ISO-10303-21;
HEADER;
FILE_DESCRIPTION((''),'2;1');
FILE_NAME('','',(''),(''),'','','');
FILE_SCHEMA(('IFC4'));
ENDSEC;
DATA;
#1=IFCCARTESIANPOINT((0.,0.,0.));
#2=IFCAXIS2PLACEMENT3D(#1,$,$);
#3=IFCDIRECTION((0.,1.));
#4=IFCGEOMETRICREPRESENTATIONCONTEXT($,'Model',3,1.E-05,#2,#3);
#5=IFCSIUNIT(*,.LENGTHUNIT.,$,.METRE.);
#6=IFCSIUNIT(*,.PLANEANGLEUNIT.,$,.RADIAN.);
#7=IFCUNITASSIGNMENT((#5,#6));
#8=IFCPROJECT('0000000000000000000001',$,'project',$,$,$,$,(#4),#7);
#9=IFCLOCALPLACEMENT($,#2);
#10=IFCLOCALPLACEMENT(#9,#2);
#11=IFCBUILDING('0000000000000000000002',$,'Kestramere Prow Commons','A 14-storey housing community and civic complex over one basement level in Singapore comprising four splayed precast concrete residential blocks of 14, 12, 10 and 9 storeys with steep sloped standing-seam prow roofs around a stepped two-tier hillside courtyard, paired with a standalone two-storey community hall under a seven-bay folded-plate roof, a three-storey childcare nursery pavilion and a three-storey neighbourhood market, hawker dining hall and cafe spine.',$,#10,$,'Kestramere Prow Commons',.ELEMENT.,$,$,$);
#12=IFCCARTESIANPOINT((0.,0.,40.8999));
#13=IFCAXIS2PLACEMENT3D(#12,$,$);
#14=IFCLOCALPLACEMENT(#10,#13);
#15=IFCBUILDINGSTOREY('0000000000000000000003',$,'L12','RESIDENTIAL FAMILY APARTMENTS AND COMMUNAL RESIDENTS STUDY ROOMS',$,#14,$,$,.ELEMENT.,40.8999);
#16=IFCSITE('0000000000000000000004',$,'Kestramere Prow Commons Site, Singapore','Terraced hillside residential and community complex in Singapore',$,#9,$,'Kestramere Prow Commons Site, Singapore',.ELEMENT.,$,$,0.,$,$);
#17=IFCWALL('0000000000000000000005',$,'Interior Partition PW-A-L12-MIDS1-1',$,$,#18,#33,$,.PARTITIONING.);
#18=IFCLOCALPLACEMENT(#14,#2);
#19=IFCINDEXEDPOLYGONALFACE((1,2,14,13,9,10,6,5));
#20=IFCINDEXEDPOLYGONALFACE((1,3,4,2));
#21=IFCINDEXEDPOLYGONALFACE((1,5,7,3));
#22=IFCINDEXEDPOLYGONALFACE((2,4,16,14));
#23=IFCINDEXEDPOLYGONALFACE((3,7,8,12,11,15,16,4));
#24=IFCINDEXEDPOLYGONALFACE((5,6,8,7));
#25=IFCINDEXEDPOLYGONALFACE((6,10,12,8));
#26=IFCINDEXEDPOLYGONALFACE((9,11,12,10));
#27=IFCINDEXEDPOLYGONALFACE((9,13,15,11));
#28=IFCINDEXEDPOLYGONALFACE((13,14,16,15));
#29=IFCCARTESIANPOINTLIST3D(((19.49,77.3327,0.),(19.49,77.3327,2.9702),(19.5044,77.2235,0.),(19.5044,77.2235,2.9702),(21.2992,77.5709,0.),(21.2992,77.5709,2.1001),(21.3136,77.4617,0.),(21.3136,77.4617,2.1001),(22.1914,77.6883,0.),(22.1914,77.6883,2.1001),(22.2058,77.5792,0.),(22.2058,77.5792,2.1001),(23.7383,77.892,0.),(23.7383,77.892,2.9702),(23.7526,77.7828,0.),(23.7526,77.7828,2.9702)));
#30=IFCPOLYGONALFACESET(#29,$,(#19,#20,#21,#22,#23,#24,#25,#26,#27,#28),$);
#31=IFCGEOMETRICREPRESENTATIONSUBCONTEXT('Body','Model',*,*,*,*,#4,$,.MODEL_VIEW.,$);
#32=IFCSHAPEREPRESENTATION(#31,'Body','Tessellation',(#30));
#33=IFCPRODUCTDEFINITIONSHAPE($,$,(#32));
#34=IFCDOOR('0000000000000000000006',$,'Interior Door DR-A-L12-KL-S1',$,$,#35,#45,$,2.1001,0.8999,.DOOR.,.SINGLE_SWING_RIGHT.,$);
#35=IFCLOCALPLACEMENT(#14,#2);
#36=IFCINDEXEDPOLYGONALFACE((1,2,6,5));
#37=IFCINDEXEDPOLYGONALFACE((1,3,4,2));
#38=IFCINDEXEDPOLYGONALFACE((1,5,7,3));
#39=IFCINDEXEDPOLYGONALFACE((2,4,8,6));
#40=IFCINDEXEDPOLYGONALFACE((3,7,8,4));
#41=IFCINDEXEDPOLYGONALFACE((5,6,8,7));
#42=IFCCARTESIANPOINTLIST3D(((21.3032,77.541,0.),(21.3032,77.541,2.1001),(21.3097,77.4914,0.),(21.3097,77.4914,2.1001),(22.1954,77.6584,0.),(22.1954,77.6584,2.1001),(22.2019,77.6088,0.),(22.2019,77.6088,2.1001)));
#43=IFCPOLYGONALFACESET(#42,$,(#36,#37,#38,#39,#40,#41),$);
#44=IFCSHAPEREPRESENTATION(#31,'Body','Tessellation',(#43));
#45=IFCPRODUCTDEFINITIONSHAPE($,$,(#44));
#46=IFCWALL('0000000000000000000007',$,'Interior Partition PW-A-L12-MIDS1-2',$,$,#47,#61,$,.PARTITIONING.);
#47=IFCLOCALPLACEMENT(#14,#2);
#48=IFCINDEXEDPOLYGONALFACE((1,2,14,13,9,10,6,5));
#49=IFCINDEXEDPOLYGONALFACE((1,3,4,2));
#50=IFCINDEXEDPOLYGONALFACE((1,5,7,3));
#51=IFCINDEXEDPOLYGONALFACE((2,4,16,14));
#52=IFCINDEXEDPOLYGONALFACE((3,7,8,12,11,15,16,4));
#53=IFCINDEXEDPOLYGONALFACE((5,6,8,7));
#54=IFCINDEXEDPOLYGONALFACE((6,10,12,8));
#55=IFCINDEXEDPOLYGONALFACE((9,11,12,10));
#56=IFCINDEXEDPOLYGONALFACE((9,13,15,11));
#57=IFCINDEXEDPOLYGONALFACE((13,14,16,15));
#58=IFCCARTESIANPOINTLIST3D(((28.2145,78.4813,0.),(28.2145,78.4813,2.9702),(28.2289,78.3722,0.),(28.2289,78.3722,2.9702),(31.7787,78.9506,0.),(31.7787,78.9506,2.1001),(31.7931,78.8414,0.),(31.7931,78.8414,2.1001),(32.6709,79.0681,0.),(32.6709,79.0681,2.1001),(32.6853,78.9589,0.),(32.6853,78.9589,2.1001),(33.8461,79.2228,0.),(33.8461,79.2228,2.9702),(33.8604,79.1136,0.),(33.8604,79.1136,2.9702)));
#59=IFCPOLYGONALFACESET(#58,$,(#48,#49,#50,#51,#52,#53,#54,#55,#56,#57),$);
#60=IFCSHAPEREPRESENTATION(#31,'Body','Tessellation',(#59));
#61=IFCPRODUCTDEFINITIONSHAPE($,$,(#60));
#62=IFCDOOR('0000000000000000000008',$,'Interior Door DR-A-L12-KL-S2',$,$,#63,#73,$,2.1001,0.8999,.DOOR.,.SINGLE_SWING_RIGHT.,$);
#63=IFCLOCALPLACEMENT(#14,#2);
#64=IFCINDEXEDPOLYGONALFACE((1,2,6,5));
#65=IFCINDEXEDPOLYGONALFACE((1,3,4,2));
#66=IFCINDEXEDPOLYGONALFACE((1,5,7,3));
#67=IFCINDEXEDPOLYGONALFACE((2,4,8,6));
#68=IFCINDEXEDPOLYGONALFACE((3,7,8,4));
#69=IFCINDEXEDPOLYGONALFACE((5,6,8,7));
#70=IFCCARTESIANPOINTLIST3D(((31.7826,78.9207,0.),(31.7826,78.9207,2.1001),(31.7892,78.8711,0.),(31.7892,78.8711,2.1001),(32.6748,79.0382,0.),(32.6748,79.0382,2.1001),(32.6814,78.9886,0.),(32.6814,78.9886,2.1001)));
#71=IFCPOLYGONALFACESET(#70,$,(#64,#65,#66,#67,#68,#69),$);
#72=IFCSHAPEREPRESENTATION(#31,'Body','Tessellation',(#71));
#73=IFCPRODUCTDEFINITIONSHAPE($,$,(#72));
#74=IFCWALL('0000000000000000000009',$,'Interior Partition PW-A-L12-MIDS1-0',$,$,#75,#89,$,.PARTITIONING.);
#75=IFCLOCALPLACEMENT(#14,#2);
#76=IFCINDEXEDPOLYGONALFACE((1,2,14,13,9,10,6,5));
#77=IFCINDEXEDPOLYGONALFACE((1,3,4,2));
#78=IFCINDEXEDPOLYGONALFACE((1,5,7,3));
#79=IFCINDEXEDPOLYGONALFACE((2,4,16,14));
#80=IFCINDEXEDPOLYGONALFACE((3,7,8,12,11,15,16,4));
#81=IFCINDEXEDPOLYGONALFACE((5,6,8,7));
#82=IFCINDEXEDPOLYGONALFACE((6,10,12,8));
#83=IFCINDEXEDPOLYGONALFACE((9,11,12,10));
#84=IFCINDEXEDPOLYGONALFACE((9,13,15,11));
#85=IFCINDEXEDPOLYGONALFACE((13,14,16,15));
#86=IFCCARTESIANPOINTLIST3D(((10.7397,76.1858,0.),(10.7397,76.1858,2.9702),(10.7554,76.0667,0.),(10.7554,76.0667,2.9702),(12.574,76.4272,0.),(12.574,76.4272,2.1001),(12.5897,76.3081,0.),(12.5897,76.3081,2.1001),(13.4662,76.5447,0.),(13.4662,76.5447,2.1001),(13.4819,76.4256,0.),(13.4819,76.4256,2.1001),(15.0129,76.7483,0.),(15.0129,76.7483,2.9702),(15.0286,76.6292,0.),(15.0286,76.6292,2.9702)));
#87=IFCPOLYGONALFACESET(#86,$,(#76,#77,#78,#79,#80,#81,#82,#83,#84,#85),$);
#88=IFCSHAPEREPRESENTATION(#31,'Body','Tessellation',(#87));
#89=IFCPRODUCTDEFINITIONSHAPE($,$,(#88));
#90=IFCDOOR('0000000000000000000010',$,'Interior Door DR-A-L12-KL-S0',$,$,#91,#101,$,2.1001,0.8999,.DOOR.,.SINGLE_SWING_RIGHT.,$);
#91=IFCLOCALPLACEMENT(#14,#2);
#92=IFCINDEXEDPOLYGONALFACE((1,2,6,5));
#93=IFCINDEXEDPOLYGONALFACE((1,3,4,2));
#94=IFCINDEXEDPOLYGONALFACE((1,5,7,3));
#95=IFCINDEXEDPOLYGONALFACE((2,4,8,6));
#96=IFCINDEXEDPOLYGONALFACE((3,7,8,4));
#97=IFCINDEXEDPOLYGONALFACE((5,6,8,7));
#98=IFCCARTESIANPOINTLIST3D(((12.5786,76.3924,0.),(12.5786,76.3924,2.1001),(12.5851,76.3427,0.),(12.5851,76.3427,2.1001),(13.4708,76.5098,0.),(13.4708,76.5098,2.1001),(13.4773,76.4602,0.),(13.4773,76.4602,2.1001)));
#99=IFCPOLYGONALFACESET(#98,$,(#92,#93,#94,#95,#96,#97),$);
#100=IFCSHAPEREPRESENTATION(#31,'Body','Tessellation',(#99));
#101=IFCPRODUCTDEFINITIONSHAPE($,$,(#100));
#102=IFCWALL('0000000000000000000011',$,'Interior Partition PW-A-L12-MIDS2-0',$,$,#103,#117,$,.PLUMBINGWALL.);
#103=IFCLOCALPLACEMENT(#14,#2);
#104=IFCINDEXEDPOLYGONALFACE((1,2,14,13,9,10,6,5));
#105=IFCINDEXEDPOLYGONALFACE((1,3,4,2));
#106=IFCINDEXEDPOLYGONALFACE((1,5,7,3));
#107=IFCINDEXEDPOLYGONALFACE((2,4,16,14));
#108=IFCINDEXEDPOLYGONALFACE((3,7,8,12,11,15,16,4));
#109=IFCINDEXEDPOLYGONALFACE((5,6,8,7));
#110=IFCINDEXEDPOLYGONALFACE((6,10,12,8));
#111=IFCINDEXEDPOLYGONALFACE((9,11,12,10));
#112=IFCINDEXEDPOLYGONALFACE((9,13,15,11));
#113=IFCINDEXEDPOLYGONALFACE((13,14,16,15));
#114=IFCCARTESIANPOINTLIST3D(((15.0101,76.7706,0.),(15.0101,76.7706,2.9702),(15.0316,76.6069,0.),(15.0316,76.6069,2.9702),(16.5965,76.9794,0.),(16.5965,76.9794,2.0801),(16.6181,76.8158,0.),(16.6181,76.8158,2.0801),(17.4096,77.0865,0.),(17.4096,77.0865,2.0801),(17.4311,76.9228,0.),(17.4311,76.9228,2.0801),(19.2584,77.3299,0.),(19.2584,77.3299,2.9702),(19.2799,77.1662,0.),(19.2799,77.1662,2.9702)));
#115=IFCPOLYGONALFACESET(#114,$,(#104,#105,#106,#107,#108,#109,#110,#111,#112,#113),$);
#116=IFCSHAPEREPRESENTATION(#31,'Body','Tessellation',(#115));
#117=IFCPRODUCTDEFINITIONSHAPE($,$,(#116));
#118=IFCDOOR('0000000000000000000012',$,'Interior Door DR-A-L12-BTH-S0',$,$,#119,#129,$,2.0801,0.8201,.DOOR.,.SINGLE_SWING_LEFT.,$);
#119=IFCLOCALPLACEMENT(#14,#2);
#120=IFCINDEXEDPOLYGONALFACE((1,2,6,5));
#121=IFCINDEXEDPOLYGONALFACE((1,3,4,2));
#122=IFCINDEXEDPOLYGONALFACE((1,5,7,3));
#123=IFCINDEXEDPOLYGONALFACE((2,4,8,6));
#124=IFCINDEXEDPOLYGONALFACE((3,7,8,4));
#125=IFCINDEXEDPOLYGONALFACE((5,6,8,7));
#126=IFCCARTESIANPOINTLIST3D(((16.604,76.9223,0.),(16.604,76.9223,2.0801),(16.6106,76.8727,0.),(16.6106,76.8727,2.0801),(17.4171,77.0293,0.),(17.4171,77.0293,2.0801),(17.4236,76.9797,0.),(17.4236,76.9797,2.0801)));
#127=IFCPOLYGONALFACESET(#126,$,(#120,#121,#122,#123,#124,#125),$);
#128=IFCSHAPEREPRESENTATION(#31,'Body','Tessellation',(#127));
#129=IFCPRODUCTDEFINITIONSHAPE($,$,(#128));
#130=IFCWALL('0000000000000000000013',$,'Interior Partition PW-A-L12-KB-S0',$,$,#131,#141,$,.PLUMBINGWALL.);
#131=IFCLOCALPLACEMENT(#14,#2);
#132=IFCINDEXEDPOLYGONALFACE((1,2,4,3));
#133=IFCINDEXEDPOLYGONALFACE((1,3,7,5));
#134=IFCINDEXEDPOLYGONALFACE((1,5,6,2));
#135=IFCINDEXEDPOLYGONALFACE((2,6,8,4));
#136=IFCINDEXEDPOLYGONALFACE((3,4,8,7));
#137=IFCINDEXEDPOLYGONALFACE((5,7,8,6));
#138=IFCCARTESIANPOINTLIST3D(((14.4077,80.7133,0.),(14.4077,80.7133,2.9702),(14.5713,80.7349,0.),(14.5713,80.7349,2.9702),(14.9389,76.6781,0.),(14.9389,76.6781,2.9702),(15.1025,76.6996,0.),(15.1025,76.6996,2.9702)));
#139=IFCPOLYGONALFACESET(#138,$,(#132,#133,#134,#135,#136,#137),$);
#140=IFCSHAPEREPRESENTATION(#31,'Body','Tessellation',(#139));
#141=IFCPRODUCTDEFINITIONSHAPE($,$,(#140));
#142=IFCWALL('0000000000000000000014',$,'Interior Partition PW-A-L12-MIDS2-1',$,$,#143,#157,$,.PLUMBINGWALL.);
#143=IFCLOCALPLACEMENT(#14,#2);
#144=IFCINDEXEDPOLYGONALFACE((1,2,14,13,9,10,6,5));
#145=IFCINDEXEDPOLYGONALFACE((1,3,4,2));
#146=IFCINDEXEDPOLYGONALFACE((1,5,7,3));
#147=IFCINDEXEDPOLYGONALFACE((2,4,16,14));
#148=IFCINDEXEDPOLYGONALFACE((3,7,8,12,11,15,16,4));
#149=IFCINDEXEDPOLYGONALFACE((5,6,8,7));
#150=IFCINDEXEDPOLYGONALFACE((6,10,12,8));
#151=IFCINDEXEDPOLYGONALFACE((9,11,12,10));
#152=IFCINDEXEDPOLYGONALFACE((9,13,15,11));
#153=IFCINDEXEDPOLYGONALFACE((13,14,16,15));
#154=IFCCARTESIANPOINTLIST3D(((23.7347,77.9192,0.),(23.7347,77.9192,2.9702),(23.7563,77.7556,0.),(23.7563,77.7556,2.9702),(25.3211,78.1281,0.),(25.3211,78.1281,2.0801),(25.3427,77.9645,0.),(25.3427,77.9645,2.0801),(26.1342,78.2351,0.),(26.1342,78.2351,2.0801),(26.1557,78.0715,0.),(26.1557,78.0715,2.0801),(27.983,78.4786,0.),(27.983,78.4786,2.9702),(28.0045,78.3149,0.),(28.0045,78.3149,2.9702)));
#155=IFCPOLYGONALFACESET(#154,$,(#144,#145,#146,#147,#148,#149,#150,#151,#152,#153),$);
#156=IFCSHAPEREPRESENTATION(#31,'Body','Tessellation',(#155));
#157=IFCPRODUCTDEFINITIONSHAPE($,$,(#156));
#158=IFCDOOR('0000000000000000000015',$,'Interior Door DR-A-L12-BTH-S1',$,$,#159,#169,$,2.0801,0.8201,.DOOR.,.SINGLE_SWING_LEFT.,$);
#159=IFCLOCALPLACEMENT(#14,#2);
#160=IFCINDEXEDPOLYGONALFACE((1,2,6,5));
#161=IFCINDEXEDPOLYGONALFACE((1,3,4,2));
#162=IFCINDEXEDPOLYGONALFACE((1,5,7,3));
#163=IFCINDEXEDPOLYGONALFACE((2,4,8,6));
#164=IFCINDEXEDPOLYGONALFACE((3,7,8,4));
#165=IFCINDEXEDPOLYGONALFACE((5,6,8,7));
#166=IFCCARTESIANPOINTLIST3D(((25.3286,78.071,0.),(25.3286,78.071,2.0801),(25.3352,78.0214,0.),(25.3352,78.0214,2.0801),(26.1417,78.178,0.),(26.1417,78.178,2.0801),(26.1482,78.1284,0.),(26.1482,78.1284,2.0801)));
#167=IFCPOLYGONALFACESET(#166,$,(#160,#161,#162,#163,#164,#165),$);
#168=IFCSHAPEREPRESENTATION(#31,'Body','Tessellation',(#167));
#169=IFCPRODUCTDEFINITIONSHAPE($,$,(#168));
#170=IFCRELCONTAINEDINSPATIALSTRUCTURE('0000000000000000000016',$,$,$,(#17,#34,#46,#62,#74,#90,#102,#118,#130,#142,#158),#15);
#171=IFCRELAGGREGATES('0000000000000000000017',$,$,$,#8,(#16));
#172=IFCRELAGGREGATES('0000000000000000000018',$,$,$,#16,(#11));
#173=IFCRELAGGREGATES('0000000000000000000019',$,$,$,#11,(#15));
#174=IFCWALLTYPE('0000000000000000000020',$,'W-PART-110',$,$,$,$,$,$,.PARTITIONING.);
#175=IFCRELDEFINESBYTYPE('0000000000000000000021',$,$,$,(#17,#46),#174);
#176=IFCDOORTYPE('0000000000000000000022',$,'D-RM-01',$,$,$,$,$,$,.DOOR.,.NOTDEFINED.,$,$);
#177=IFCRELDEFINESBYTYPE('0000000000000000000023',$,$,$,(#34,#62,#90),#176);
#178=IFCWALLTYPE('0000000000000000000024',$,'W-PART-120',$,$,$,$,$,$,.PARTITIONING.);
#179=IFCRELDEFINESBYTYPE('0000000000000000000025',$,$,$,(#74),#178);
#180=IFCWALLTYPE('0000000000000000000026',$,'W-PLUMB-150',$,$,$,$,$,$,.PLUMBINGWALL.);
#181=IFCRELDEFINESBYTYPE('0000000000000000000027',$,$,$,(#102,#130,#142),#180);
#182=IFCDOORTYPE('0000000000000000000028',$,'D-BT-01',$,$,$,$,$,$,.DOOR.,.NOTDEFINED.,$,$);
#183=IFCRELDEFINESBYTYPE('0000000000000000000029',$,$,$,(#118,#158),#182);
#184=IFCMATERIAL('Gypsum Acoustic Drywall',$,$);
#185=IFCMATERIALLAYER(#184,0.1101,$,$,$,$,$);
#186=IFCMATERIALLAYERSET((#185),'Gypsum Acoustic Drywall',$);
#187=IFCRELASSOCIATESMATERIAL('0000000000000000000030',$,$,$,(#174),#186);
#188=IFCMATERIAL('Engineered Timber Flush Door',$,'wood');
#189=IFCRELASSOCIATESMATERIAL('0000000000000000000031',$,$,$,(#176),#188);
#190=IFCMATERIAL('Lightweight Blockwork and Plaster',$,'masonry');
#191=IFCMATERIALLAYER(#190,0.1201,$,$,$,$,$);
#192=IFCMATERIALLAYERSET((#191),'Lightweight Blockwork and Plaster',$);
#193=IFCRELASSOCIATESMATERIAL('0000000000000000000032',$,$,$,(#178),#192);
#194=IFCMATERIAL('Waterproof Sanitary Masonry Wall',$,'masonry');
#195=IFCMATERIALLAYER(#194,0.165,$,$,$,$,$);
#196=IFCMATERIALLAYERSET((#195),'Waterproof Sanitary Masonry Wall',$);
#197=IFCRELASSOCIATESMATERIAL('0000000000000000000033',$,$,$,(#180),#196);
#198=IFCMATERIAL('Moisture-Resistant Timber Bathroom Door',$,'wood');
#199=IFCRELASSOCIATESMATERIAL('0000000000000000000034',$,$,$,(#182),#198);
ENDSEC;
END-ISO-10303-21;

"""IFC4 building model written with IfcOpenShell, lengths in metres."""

from ifc_helpers import new_model, si_unit, direction, frame, frame_2d, origin, place, context, subcontext, project, spatial, rectangle, extrude, material, layer, layer_set, type_object, element, fill, save


model = new_model("IFC4")

# Units and contexts
model_context = context("Model", 3, precision=1e-05, world=origin(), true_north=direction((0.0, 1.0)))
body_context = subcontext(model_context, "Body", "Model", "MODEL_VIEW")
ifc_project = project(units=[si_unit("LENGTHUNIT", "METRE"), si_unit("PLANEANGLEUNIT", "RADIAN")], contexts=[model_context])

# Site, building, storey
site_placement = place(None, origin())
site = spatial("IfcSite", under=ifc_project, at=site_placement, Name="Kestramere Prow Commons Site, Singapore", Description="Terraced hillside residential and community complex in Singapore", LongName="Kestramere Prow Commons Site, Singapore", CompositionType="ELEMENT", RefElevation=0.0)
building_placement = place(site_placement, origin())
building = spatial("IfcBuilding", under=site, at=building_placement, Name="Kestramere Prow Commons", Description="A 14-storey housing community and civic complex over one basement level in Singapore comprising four splayed precast concrete residential blocks of 14, 12, 10 and 9 storeys with steep sloped standing-seam prow roofs around a stepped two-tier hillside courtyard, paired with a standalone two-storey community hall under a seven-bay folded-plate roof, a three-storey childcare nursery pavilion and a three-storey neighbourhood market, hawker dining hall and cafe spine.", LongName="Kestramere Prow Commons", CompositionType="ELEMENT")
storey_placement = place(building_placement, frame((0.0, 0.0, 40.8999)))
storey = spatial("IfcBuildingStorey", under=building, at=storey_placement, Name="L12", Description="RESIDENTIAL FAMILY APARTMENTS AND COMMUNAL RESIDENTS STUDY ROOMS", CompositionType="ELEMENT", Elevation=40.8999)

# Walls, openings, doors
ifc_material_1 = material(Name="Gypsum Acoustic Drywall")
ifc_layer_1 = layer(ifc_material_1, 0.1101)
ifc_layer_set_1 = layer_set([ifc_layer_1], Name="Gypsum Acoustic Drywall")
wall_type_1 = type_object("IfcWallType", Name="W-PART-110", PredefinedType="PARTITIONING", material=ifc_layer_set_1)
wall_1_placement = place(storey_placement, frame((19.4971, 77.2781, 0.0), z_axis=(0.0, 0.0, 1.0), x_axis=(0.991444, 0.130533, 0.0)))
wall_1 = element("IfcWall", 1, at=wall_1_placement, inside=storey, type_object=wall_type_1, Name="Interior Partition PW-A-L12-MIDS1-1", PredefinedType="PARTITIONING", context=body_context, shape_type="SweptSolid", body=[
    extrude(rectangle(XDim=4.2849, YDim=0.1101, at=frame_2d((2.1426, 0.0))), origin(), (0.0, 0.0, 1.0), 2.9702),
])
opening_1_placement = place(wall_1_placement, frame((1.825, 0.0, 0.0)))
opening_1 = element("IfcOpeningElement", 2, at=opening_1_placement, cuts=wall_1, PredefinedType="OPENING", context=body_context, shape_type="SweptSolid", body=[
    extrude(rectangle(XDim=0.8999, YDim=2.1001, at=frame_2d((0.45, 1.05))), frame((0.0, 0.0701, 0.0), z_axis=(0.0, -1.0, 0.0), x_axis=(1.0, 0.0, 0.0)), (0.0, 0.0, 1.0), 0.1401),
])
ifc_material_2 = material(Name="Engineered Timber Flush Door", Category="wood")
door_type_1 = type_object("IfcDoorType", Name="D-RM-01", OperationType="NOTDEFINED", PredefinedType="DOOR", material=ifc_material_2)
door_1_placement = place(opening_1_placement, origin())
door_1 = element("IfcDoor", 3, at=door_1_placement, inside=storey, type_object=door_type_1, Name="Interior Door DR-A-L12-KL-S1", OperationType="SINGLE_SWING_RIGHT", OverallHeight=2.1001, OverallWidth=0.8999, PredefinedType="DOOR", context=body_context, shape_type="SweptSolid", body=[
    extrude(rectangle(XDim=0.8999, YDim=2.1001, at=frame_2d((0.45, 1.05))), frame((0.0, 0.0249, 0.0), z_axis=(0.0, -1.0, 0.0), x_axis=(1.0, 0.0, 0.0)), (0.0, 0.0, 1.0), 0.05),
])
fill(opening_1, door_1)
wall_2_placement = place(storey_placement, frame((28.2217, 78.4268, 0.0), z_axis=(0.0, 0.0, 1.0), x_axis=(0.991444, 0.130533, 0.0)))
wall_2 = element("IfcWall", 4, at=wall_2_placement, inside=storey, type_object=wall_type_1, Name="Interior Partition PW-A-L12-MIDS1-2", PredefinedType="PARTITIONING", context=body_context, shape_type="SweptSolid", body=[
    extrude(rectangle(XDim=5.6802, YDim=0.1101, at=frame_2d((2.8401, 0.0))), origin(), (0.0, 0.0, 1.0), 2.9702),
])
opening_2_placement = place(wall_2_placement, frame((3.595, 0.0, 0.0)))
opening_2 = element("IfcOpeningElement", 5, at=opening_2_placement, cuts=wall_2, PredefinedType="OPENING", context=body_context, shape_type="SweptSolid", body=[
    extrude(rectangle(XDim=0.8999, YDim=2.1001, at=frame_2d((0.45, 1.05))), frame((0.0, 0.0701, 0.0), z_axis=(0.0, -1.0, 0.0), x_axis=(1.0, 0.0, 0.0)), (0.0, 0.0, 1.0), 0.1401),
])
door_2_placement = place(opening_2_placement, origin())
door_2 = element("IfcDoor", 6, at=door_2_placement, inside=storey, type_object=door_type_1, Name="Interior Door DR-A-L12-KL-S2", OperationType="SINGLE_SWING_RIGHT", OverallHeight=2.1001, OverallWidth=0.8999, PredefinedType="DOOR", context=body_context, shape_type="SweptSolid", body=[
    extrude(rectangle(XDim=0.8999, YDim=2.1001, at=frame_2d((0.45, 1.05))), frame((0.0, 0.0249, 0.0), z_axis=(0.0, -1.0, 0.0), x_axis=(1.0, 0.0, 0.0)), (0.0, 0.0, 1.0), 0.05),
])
fill(opening_2, door_2)
ifc_material_3 = material(Name="Lightweight Blockwork and Plaster", Category="masonry")
ifc_layer_2 = layer(ifc_material_3, 0.1201)
ifc_layer_set_2 = layer_set([ifc_layer_2], Name="Lightweight Blockwork and Plaster")
wall_type_2 = type_object("IfcWallType", Name="W-PART-120", PredefinedType="PARTITIONING", material=ifc_layer_set_2)
wall_3_placement = place(storey_placement, frame((10.7476, 76.1262, 0.0), z_axis=(0.0, 0.0, 1.0), x_axis=(0.991447, 0.130509, 0.0)))
wall_3 = element("IfcWall", 7, at=wall_3_placement, inside=storey, type_object=wall_type_2, Name="Interior Partition PW-A-L12-MIDS1-0", PredefinedType="PARTITIONING", context=body_context, shape_type="SweptSolid", body=[
    extrude(rectangle(XDim=4.3101, YDim=0.1201, at=frame_2d((2.155, 0.0))), origin(), (0.0, 0.0, 1.0), 2.9702),
])
opening_3_placement = place(wall_3_placement, frame((1.8501, 0.0, 0.0)))
opening_3 = element("IfcOpeningElement", 8, at=opening_3_placement, cuts=wall_3, PredefinedType="OPENING", context=body_context, shape_type="SweptSolid", body=[
    extrude(rectangle(XDim=0.8999, YDim=2.1001, at=frame_2d((0.45, 1.05))), frame((0.0, 0.075, 0.0), z_axis=(0.0, -1.0, 0.0), x_axis=(1.0, 0.0, 0.0)), (0.0, 0.0, 1.0), 0.1501),
])
door_3_placement = place(opening_3_placement, origin())
door_3 = element("IfcDoor", 9, at=door_3_placement, inside=storey, type_object=door_type_1, Name="Interior Door DR-A-L12-KL-S0", OperationType="SINGLE_SWING_RIGHT", OverallHeight=2.1001, OverallWidth=0.8999, PredefinedType="DOOR", context=body_context, shape_type="SweptSolid", body=[
    extrude(rectangle(XDim=0.8999, YDim=2.1001, at=frame_2d((0.45, 1.05))), frame((0.0, 0.0249, 0.0), z_axis=(0.0, -1.0, 0.0), x_axis=(1.0, 0.0, 0.0)), (0.0, 0.0, 1.0), 0.05),
])
fill(opening_3, door_3)
ifc_material_4 = material(Name="Waterproof Sanitary Masonry Wall", Category="masonry")
ifc_layer_3 = layer(ifc_material_4, 0.165)
ifc_layer_set_3 = layer_set([ifc_layer_3], Name="Waterproof Sanitary Masonry Wall")
wall_type_3 = type_object("IfcWallType", Name="W-PLUMB-150", PredefinedType="PLUMBINGWALL", material=ifc_layer_set_3)
wall_4_placement = place(storey_placement, frame((15.0208, 76.6887, 0.0), z_axis=(0.0, 0.0, 1.0), x_axis=(0.991444, 0.130533, 0.0)))
wall_4 = element("IfcWall", 10, at=wall_4_placement, inside=storey, type_object=wall_type_3, Name="Interior Partition PW-A-L12-MIDS2-0", PredefinedType="PLUMBINGWALL", context=body_context, shape_type="SweptSolid", body=[
    extrude(rectangle(XDim=4.2849, YDim=0.165, at=frame_2d((2.1426, 0.0))), origin(), (0.0, 0.0, 1.0), 2.9702),
])
opening_4_placement = place(wall_4_placement, frame((1.6001, 0.0, 0.0)))
opening_4 = element("IfcOpeningElement", 11, at=opening_4_placement, cuts=wall_4, PredefinedType="OPENING", context=body_context, shape_type="SweptSolid", body=[
    extrude(rectangle(XDim=0.8201, YDim=2.0801, at=frame_2d((0.4102, 1.04))), frame((0.0, 0.0974, 0.0), z_axis=(0.0, -1.0, 0.0), x_axis=(1.0, 0.0, 0.0)), (0.0, 0.0, 1.0), 0.1951),
])
ifc_material_5 = material(Name="Moisture-Resistant Timber Bathroom Door", Category="wood")
door_type_2 = type_object("IfcDoorType", Name="D-BT-01", OperationType="NOTDEFINED", PredefinedType="DOOR", material=ifc_material_5)
door_4_placement = place(opening_4_placement, origin())
door_4 = element("IfcDoor", 12, at=door_4_placement, inside=storey, type_object=door_type_2, Name="Interior Door DR-A-L12-BTH-S0", OperationType="SINGLE_SWING_LEFT", OverallHeight=2.0801, OverallWidth=0.8201, PredefinedType="DOOR", context=body_context, shape_type="SweptSolid", body=[
    extrude(rectangle(XDim=0.8201, YDim=2.0801, at=frame_2d((0.4102, 1.04))), frame((0.0, 0.0249, 0.0), z_axis=(0.0, -1.0, 0.0), x_axis=(1.0, 0.0, 0.0)), (0.0, 0.0, 1.0), 0.05),
])
fill(opening_4, door_4)

# Wall
wall_5_placement = place(storey_placement, frame((15.0208, 76.6887, 0.0), z_axis=(0.0, 0.0, 1.0), x_axis=(-0.130529, 0.991444, 0.0)))
element("IfcWall", 13, at=wall_5_placement, inside=storey, type_object=wall_type_3, Name="Interior Partition PW-A-L12-KB-S0", PredefinedType="PLUMBINGWALL", context=body_context, shape_type="SweptSolid", body=[
    extrude(rectangle(XDim=4.0701, YDim=0.165, at=frame_2d((2.0352, 0.0))), origin(), (0.0, 0.0, 1.0), 2.9702),
])

# Wall, opening, door
wall_6_placement = place(storey_placement, frame((23.7454, 77.8374, 0.0), z_axis=(0.0, 0.0, 1.0), x_axis=(0.991444, 0.130533, 0.0)))
wall_6 = element("IfcWall", 14, at=wall_6_placement, inside=storey, type_object=wall_type_3, Name="Interior Partition PW-A-L12-MIDS2-1", PredefinedType="PLUMBINGWALL", context=body_context, shape_type="SweptSolid", body=[
    extrude(rectangle(XDim=4.2849, YDim=0.165, at=frame_2d((2.1426, 0.0))), origin(), (0.0, 0.0, 1.0), 2.9702),
])
opening_5_placement = place(wall_6_placement, frame((1.6001, 0.0, 0.0)))
opening_5 = element("IfcOpeningElement", 15, at=opening_5_placement, cuts=wall_6, PredefinedType="OPENING", context=body_context, shape_type="SweptSolid", body=[
    extrude(rectangle(XDim=0.8201, YDim=2.0801, at=frame_2d((0.4102, 1.04))), frame((0.0, 0.0974, 0.0), z_axis=(0.0, -1.0, 0.0), x_axis=(1.0, 0.0, 0.0)), (0.0, 0.0, 1.0), 0.1951),
])
door_5_placement = place(opening_5_placement, origin())
door_5 = element("IfcDoor", 16, at=door_5_placement, inside=storey, type_object=door_type_2, Name="Interior Door DR-A-L12-BTH-S1", OperationType="SINGLE_SWING_LEFT", OverallHeight=2.0801, OverallWidth=0.8201, PredefinedType="DOOR", context=body_context, shape_type="SweptSolid", body=[
    extrude(rectangle(XDim=0.8201, YDim=2.0801, at=frame_2d((0.4102, 1.04))), frame((0.0, 0.0249, 0.0), z_axis=(0.0, -1.0, 0.0), x_axis=(1.0, 0.0, 0.0)), (0.0, 0.0, 1.0), 0.05),
])
fill(opening_5, door_5)

save(model, "model.ifc")
